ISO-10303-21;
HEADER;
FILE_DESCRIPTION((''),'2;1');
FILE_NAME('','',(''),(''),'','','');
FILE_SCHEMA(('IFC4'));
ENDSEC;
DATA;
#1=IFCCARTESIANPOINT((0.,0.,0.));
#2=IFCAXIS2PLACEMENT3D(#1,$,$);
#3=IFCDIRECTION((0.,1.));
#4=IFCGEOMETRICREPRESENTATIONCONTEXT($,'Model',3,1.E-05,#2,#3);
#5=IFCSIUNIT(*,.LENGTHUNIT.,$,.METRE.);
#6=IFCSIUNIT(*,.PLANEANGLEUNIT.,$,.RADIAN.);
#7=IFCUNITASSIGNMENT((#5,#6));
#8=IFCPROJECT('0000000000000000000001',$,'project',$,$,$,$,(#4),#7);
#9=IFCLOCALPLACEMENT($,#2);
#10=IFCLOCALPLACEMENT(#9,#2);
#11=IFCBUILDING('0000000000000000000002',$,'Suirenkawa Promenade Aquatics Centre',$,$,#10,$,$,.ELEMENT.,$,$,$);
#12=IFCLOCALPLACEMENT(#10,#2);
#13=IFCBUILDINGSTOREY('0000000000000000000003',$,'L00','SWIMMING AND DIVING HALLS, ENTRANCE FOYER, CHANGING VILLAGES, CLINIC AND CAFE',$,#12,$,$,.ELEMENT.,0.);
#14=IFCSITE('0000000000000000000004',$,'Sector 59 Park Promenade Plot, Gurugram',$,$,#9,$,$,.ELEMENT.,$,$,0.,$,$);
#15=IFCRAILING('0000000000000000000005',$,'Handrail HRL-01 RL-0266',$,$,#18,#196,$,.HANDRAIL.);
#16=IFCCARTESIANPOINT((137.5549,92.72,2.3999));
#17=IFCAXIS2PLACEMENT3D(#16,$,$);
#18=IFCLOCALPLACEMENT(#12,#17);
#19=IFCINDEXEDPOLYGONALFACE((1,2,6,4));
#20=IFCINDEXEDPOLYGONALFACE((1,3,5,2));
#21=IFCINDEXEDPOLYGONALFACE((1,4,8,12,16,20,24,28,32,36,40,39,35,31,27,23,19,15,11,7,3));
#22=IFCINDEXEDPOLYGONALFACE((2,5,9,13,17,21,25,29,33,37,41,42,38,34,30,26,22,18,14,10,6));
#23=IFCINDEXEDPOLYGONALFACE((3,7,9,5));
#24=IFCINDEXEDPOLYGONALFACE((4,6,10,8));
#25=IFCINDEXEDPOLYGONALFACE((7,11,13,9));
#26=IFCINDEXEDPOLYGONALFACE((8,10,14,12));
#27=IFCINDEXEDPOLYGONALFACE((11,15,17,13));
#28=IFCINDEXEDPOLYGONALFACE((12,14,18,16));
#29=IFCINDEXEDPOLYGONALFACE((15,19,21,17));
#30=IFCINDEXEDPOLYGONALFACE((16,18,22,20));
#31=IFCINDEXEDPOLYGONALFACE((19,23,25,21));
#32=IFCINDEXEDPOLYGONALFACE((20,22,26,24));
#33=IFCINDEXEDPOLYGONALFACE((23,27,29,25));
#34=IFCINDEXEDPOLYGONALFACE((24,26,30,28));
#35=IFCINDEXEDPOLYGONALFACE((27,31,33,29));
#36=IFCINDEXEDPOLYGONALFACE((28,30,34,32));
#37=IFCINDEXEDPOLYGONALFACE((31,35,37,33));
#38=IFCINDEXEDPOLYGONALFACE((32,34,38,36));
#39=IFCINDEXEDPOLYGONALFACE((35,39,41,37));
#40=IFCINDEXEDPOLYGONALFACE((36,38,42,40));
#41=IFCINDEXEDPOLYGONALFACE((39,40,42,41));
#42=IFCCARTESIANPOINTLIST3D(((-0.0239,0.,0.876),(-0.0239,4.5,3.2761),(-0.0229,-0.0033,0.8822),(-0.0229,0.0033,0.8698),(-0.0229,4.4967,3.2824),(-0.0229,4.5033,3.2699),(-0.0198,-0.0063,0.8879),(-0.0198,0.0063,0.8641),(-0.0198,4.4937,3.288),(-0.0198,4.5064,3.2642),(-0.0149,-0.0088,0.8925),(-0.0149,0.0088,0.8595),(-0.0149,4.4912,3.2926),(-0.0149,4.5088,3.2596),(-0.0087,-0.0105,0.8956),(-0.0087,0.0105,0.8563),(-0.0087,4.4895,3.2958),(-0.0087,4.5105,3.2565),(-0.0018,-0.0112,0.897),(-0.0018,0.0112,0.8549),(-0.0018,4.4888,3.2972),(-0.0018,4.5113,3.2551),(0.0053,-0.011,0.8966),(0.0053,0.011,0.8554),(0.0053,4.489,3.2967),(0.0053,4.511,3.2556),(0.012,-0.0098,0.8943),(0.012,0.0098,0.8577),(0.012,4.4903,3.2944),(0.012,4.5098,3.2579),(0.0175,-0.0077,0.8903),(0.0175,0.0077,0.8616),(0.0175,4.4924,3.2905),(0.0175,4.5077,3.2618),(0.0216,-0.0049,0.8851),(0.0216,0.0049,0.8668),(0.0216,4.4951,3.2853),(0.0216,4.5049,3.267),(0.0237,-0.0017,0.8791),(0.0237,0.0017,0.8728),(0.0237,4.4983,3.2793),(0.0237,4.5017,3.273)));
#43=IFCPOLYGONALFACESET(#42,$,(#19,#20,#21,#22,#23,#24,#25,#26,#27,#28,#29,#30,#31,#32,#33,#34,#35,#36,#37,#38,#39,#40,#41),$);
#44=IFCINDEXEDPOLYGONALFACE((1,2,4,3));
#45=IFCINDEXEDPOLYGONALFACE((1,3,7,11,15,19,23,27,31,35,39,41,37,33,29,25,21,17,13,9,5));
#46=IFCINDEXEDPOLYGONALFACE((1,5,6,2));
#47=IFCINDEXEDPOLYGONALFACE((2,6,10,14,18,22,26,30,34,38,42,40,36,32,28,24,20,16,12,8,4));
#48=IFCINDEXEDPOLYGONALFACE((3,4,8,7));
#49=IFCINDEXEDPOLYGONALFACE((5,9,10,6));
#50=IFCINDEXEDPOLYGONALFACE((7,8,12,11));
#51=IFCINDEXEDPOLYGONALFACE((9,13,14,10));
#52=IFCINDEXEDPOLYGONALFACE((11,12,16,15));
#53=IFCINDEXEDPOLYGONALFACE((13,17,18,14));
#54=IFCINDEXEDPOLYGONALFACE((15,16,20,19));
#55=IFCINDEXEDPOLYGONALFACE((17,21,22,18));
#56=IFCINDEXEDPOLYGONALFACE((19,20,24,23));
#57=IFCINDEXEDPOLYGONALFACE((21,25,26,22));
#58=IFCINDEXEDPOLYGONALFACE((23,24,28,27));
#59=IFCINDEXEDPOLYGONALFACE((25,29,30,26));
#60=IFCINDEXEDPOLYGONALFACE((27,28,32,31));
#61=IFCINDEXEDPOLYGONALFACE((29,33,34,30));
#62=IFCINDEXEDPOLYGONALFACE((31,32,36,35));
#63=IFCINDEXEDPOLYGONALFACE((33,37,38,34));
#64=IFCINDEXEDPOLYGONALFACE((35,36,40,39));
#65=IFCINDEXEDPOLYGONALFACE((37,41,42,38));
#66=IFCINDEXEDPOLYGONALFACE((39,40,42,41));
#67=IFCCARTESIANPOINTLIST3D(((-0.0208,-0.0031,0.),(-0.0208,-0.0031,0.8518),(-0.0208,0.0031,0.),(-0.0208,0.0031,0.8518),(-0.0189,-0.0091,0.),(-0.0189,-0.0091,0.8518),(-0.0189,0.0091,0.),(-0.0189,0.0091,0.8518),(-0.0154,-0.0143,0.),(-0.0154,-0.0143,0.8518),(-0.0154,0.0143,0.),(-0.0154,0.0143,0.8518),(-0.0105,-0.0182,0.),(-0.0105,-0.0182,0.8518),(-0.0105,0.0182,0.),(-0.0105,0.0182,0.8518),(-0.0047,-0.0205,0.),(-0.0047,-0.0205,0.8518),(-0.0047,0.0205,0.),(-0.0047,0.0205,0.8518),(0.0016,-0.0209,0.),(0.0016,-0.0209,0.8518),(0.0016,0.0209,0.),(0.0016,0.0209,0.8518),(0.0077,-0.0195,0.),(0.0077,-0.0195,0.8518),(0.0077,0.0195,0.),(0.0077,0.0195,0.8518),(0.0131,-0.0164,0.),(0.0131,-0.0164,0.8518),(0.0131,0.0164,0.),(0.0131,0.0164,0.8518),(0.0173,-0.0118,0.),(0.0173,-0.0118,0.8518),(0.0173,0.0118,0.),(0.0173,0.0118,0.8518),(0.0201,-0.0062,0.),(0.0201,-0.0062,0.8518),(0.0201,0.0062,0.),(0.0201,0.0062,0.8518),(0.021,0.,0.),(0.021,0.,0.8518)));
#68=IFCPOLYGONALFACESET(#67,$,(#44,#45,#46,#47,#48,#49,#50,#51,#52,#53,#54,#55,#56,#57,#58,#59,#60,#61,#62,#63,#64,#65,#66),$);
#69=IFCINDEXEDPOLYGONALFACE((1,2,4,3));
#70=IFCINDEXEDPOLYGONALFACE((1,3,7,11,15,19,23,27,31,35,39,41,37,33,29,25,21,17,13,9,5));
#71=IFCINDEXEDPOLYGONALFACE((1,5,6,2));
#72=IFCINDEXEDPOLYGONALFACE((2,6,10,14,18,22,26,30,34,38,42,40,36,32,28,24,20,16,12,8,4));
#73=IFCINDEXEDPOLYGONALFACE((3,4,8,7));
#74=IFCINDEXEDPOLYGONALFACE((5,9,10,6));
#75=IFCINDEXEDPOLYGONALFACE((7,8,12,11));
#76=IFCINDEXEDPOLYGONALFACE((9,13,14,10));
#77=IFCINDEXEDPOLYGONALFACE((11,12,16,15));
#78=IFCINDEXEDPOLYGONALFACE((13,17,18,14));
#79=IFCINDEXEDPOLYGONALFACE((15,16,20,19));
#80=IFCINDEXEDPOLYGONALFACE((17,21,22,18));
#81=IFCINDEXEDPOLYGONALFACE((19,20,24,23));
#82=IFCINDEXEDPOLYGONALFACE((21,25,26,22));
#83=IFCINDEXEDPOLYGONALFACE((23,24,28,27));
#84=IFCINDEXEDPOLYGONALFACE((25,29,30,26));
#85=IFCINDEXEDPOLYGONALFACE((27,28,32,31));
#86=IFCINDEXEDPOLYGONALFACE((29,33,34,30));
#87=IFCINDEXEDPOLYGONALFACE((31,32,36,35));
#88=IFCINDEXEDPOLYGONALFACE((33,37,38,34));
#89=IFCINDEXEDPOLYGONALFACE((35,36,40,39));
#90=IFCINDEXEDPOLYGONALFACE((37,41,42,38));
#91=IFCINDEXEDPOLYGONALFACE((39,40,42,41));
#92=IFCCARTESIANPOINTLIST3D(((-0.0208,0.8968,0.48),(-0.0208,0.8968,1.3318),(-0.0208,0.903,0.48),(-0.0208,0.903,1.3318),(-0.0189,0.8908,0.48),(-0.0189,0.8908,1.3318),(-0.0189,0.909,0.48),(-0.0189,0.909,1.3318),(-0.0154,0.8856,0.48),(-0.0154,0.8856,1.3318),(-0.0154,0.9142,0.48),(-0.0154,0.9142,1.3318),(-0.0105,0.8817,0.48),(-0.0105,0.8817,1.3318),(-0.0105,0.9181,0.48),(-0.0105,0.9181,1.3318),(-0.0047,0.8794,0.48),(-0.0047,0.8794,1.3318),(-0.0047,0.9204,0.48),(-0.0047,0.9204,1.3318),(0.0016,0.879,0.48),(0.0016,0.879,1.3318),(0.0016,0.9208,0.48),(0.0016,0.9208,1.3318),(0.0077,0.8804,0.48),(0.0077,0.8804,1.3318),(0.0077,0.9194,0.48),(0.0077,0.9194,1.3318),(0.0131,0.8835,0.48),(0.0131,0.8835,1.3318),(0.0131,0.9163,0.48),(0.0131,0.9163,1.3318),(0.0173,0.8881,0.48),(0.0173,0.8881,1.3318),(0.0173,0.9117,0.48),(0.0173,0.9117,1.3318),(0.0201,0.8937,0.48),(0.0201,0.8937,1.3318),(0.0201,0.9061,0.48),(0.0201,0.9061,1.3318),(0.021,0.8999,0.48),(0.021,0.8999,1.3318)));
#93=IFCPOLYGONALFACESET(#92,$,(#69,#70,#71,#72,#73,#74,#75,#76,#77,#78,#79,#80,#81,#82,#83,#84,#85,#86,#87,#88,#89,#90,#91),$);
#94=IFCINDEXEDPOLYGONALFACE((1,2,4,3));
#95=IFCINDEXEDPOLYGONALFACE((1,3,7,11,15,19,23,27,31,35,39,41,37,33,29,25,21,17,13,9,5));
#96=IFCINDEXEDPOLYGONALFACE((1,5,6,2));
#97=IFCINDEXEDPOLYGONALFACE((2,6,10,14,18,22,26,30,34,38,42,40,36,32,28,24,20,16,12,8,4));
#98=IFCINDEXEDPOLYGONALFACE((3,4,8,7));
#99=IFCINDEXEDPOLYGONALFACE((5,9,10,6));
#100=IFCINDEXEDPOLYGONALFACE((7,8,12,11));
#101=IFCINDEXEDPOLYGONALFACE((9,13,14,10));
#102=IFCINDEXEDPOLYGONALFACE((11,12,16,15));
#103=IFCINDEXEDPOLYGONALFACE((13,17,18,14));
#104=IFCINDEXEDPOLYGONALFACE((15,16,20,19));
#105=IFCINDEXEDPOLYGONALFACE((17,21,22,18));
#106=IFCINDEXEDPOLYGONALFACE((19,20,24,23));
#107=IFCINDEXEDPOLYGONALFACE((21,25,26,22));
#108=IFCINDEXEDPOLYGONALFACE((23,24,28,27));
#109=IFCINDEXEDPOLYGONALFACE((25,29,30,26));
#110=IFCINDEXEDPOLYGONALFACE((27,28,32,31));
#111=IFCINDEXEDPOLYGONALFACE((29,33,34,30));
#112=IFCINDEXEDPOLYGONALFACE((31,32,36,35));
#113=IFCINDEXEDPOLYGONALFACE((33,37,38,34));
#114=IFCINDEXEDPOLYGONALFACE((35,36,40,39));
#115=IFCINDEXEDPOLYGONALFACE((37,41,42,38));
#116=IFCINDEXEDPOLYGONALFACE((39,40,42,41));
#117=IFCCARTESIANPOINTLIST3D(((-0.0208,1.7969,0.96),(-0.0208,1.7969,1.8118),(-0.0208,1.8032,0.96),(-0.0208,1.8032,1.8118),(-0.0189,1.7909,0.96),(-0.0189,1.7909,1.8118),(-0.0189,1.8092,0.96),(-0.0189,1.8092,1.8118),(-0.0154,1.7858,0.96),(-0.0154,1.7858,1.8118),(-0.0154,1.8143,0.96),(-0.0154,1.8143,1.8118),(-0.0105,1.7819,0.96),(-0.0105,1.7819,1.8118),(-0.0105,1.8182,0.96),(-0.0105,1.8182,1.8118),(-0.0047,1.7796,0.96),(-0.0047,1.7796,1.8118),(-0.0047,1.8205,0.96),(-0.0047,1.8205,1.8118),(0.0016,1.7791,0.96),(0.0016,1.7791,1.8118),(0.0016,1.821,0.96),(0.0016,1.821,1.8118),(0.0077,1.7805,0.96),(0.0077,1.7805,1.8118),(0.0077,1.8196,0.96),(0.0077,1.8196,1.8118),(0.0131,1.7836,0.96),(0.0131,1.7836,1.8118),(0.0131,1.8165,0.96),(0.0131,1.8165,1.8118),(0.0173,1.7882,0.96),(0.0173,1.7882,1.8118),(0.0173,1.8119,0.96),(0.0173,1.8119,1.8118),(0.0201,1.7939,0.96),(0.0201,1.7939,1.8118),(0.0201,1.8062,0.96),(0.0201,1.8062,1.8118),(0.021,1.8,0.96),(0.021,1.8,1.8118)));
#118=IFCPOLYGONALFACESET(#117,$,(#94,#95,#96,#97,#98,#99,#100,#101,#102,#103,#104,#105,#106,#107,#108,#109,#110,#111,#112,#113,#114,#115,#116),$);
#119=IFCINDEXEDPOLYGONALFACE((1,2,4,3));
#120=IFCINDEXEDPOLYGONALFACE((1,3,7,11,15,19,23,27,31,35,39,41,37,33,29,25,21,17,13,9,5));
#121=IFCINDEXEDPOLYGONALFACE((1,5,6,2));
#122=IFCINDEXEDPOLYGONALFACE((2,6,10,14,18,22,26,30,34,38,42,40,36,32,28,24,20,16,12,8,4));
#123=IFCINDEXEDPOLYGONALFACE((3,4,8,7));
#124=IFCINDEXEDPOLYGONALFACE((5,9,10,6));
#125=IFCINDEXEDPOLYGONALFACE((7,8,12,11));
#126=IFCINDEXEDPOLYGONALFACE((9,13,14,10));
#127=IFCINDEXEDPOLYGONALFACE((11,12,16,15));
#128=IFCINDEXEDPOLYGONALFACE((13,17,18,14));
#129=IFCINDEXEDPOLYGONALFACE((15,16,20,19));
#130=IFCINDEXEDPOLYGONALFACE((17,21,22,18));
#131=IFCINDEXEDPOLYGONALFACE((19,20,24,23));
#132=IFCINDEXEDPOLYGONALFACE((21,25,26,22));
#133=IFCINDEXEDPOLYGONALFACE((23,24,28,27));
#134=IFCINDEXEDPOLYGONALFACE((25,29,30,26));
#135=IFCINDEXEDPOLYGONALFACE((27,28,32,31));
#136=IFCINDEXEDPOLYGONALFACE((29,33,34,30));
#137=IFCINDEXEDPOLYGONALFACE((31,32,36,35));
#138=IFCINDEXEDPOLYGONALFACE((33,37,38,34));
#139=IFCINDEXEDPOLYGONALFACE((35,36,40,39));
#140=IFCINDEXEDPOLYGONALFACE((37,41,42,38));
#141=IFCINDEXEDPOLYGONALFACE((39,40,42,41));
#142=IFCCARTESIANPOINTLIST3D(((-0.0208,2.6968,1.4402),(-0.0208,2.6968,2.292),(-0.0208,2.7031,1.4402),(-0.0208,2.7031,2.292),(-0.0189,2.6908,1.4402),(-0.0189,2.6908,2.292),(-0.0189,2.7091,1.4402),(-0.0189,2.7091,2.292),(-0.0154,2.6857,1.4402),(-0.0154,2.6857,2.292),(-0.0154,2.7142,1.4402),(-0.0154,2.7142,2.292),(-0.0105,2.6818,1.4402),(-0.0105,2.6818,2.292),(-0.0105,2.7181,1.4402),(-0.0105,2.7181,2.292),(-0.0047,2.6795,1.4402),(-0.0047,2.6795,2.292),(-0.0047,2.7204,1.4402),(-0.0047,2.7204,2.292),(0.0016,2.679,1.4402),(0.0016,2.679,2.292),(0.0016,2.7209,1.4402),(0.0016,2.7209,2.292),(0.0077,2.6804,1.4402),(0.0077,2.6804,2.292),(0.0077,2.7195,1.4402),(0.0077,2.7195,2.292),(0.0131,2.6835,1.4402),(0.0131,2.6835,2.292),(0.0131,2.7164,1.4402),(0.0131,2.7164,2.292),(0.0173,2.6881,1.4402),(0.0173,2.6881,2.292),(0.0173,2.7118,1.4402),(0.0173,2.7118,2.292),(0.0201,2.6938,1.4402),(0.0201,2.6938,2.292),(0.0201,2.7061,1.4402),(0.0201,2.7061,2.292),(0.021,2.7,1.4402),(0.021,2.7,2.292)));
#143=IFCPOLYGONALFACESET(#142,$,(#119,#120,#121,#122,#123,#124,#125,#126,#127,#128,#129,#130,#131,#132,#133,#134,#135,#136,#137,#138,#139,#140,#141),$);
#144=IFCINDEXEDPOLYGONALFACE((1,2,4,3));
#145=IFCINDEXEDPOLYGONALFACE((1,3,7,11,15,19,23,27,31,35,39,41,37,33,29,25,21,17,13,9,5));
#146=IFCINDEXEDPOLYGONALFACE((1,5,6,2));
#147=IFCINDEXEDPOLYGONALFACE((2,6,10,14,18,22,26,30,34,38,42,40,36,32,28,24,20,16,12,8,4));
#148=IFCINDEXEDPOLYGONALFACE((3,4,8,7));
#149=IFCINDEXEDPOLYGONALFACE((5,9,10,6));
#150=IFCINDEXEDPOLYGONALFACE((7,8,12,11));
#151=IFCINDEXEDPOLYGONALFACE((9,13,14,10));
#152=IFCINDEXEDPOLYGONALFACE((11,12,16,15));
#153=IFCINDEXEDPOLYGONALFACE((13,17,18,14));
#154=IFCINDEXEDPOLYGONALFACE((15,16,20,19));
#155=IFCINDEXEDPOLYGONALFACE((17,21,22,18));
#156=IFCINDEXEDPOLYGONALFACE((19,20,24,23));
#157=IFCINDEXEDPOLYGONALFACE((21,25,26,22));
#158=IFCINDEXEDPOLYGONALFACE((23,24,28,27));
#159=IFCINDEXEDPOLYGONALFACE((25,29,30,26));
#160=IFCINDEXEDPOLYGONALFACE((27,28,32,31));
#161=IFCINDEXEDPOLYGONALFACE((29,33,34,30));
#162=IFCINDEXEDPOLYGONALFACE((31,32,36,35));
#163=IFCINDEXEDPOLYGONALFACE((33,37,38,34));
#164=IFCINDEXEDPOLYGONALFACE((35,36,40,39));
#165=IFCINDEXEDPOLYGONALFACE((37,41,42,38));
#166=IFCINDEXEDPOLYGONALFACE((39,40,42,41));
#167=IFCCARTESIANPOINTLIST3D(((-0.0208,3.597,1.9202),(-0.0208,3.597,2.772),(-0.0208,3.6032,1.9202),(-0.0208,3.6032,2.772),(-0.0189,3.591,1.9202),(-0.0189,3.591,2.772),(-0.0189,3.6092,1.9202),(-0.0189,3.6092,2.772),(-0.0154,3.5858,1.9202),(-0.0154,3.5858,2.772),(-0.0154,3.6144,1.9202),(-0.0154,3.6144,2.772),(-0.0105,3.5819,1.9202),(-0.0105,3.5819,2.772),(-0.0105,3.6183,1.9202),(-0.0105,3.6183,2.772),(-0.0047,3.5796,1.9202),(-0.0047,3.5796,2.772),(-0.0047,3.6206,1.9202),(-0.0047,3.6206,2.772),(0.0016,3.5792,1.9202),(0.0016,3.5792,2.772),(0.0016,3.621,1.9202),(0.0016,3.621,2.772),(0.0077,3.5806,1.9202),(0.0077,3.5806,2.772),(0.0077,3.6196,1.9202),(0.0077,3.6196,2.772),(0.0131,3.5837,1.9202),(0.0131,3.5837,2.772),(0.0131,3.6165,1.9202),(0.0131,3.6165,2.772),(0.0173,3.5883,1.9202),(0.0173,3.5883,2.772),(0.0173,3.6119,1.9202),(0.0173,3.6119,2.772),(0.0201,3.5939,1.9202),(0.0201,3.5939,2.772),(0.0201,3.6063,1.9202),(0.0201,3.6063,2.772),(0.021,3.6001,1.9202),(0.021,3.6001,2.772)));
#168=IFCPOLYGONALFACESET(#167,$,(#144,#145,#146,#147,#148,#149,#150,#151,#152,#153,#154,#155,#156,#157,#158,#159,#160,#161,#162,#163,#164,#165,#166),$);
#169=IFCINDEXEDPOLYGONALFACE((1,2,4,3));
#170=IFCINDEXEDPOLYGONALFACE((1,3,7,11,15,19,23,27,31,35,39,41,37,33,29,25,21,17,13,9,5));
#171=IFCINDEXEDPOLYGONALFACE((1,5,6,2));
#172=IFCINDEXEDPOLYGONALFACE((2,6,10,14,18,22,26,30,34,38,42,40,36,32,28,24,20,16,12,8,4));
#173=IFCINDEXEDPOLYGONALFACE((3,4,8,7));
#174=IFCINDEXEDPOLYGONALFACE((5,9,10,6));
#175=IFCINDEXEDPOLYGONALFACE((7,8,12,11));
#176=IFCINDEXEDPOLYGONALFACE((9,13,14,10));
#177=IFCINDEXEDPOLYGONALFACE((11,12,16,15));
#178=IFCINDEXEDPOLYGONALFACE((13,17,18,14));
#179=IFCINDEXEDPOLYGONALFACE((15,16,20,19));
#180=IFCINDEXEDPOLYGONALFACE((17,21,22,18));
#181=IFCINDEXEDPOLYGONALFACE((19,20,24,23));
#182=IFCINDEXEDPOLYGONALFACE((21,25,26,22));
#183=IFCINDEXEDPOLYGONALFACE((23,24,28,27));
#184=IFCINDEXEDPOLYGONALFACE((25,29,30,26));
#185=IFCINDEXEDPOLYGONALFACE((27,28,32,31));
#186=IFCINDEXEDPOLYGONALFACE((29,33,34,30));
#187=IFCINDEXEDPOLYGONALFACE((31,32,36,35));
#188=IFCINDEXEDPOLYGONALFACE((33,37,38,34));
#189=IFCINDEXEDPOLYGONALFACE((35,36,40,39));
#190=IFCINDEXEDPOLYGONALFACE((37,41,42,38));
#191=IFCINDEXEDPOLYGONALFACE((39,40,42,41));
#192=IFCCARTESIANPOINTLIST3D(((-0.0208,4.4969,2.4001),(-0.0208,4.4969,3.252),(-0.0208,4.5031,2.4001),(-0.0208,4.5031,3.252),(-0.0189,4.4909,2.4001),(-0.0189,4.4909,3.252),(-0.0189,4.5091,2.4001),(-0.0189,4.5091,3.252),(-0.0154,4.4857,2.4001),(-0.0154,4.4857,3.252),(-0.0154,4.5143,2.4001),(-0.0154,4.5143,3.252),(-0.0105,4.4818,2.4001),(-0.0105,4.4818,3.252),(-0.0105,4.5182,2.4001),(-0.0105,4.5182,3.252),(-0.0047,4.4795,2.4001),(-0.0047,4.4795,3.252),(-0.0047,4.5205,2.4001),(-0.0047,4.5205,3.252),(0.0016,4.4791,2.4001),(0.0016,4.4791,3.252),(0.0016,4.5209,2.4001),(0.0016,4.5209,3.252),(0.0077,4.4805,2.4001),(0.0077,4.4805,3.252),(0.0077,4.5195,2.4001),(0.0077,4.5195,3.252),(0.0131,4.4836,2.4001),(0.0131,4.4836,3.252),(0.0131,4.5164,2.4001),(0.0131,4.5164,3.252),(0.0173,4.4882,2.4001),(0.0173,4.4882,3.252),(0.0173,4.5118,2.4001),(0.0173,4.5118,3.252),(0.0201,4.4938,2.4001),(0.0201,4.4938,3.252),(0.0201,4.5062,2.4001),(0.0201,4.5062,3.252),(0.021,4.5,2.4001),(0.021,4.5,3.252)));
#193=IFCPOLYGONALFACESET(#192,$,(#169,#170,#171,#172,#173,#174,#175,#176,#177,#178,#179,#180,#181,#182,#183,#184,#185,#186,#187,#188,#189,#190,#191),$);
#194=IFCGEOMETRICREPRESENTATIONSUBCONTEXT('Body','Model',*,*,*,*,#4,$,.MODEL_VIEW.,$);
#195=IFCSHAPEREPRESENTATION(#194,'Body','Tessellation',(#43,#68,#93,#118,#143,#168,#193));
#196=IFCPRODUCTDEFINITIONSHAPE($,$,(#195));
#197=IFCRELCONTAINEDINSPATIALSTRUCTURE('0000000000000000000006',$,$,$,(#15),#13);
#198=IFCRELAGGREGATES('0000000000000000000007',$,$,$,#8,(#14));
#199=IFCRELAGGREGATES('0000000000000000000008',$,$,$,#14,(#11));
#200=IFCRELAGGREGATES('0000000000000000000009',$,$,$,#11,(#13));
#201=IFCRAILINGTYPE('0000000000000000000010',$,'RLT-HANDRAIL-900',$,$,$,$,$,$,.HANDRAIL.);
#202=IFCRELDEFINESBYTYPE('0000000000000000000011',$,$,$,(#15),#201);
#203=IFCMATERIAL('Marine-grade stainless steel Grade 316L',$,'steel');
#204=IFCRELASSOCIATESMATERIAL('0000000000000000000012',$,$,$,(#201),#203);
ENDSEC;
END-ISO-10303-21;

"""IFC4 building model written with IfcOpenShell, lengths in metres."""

from ifc_helpers import new_model, si_unit, direction, frame, origin, origin_2d, place, context, subcontext, project, spatial, circle, extrude, material, type_object, element, save


model = new_model("IFC4")

# Units and contexts
model_context = context("Model", 3, precision=1e-05, world=origin(), true_north=direction((0.0, 1.0)))
body_context = subcontext(model_context, "Body", "Model", "MODEL_VIEW")
ifc_project = project(units=[si_unit("LENGTHUNIT", "METRE"), si_unit("PLANEANGLEUNIT", "RADIAN")], contexts=[model_context])

# Site, building, storey
site_placement = place(None, origin())
site = spatial("IfcSite", under=ifc_project, at=site_placement, Name="Sector 59 Park Promenade Plot, Gurugram", CompositionType="ELEMENT", RefElevation=0.0)
building_placement = place(site_placement, origin())
building = spatial("IfcBuilding", under=site, at=building_placement, Name="Suirenkawa Promenade Aquatics Centre", CompositionType="ELEMENT")
storey_placement = place(building_placement, origin())
storey = spatial("IfcBuildingStorey", under=building, at=storey_placement, Name="L00", Description="SWIMMING AND DIVING HALLS, ENTRANCE FOYER, CHANGING VILLAGES, CLINIC AND CAFE", CompositionType="ELEMENT", Elevation=0.0)

# Railing
ifc_material_1 = material(Name="Marine-grade stainless steel Grade 316L", Category="steel")
railing_type_1 = type_object("IfcRailingType", Name="RLT-HANDRAIL-900", PredefinedType="HANDRAIL", material=ifc_material_1)
for number, where, name in (
    (1, (137.5549, 92.72, 2.3999), "Handrail HRL-01 RL-0266"),
):
    element("IfcRailing", number, at=place(storey_placement, frame(where)), inside=storey, type_object=railing_type_1, Name=name, PredefinedType="HANDRAIL", context=body_context, shape_type="SweptSolid", body=[
        extrude(circle(Radius=0.0239, at=origin_2d()), frame((0.0, 0.0, 0.876), z_axis=(0.0, 0.882341, 0.470611), x_axis=(-1.0, 0.0, 0.0)), (0.0, 0.0, 1.0), 5.1001),
        extrude(circle(Radius=0.021, at=origin_2d()), origin(), (0.0, 0.0, 1.0), 0.8518),
        extrude(circle(Radius=0.021, at=origin_2d()), frame((0.0, 0.8999, 0.48)), (0.0, 0.0, 1.0), 0.8518),
        extrude(circle(Radius=0.021, at=origin_2d()), frame((0.0, 1.8, 0.96)), (0.0, 0.0, 1.0), 0.8518),
        extrude(circle(Radius=0.021, at=origin_2d()), frame((0.0, 2.7, 1.4402)), (0.0, 0.0, 1.0), 0.8518),
        extrude(circle(Radius=0.021, at=origin_2d()), frame((0.0, 3.6001, 1.9202)), (0.0, 0.0, 1.0), 0.8518),
        extrude(circle(Radius=0.021, at=origin_2d()), frame((0.0, 4.5, 2.4001)), (0.0, 0.0, 1.0), 0.8518),
    ])

save(model, "model.ifc")
